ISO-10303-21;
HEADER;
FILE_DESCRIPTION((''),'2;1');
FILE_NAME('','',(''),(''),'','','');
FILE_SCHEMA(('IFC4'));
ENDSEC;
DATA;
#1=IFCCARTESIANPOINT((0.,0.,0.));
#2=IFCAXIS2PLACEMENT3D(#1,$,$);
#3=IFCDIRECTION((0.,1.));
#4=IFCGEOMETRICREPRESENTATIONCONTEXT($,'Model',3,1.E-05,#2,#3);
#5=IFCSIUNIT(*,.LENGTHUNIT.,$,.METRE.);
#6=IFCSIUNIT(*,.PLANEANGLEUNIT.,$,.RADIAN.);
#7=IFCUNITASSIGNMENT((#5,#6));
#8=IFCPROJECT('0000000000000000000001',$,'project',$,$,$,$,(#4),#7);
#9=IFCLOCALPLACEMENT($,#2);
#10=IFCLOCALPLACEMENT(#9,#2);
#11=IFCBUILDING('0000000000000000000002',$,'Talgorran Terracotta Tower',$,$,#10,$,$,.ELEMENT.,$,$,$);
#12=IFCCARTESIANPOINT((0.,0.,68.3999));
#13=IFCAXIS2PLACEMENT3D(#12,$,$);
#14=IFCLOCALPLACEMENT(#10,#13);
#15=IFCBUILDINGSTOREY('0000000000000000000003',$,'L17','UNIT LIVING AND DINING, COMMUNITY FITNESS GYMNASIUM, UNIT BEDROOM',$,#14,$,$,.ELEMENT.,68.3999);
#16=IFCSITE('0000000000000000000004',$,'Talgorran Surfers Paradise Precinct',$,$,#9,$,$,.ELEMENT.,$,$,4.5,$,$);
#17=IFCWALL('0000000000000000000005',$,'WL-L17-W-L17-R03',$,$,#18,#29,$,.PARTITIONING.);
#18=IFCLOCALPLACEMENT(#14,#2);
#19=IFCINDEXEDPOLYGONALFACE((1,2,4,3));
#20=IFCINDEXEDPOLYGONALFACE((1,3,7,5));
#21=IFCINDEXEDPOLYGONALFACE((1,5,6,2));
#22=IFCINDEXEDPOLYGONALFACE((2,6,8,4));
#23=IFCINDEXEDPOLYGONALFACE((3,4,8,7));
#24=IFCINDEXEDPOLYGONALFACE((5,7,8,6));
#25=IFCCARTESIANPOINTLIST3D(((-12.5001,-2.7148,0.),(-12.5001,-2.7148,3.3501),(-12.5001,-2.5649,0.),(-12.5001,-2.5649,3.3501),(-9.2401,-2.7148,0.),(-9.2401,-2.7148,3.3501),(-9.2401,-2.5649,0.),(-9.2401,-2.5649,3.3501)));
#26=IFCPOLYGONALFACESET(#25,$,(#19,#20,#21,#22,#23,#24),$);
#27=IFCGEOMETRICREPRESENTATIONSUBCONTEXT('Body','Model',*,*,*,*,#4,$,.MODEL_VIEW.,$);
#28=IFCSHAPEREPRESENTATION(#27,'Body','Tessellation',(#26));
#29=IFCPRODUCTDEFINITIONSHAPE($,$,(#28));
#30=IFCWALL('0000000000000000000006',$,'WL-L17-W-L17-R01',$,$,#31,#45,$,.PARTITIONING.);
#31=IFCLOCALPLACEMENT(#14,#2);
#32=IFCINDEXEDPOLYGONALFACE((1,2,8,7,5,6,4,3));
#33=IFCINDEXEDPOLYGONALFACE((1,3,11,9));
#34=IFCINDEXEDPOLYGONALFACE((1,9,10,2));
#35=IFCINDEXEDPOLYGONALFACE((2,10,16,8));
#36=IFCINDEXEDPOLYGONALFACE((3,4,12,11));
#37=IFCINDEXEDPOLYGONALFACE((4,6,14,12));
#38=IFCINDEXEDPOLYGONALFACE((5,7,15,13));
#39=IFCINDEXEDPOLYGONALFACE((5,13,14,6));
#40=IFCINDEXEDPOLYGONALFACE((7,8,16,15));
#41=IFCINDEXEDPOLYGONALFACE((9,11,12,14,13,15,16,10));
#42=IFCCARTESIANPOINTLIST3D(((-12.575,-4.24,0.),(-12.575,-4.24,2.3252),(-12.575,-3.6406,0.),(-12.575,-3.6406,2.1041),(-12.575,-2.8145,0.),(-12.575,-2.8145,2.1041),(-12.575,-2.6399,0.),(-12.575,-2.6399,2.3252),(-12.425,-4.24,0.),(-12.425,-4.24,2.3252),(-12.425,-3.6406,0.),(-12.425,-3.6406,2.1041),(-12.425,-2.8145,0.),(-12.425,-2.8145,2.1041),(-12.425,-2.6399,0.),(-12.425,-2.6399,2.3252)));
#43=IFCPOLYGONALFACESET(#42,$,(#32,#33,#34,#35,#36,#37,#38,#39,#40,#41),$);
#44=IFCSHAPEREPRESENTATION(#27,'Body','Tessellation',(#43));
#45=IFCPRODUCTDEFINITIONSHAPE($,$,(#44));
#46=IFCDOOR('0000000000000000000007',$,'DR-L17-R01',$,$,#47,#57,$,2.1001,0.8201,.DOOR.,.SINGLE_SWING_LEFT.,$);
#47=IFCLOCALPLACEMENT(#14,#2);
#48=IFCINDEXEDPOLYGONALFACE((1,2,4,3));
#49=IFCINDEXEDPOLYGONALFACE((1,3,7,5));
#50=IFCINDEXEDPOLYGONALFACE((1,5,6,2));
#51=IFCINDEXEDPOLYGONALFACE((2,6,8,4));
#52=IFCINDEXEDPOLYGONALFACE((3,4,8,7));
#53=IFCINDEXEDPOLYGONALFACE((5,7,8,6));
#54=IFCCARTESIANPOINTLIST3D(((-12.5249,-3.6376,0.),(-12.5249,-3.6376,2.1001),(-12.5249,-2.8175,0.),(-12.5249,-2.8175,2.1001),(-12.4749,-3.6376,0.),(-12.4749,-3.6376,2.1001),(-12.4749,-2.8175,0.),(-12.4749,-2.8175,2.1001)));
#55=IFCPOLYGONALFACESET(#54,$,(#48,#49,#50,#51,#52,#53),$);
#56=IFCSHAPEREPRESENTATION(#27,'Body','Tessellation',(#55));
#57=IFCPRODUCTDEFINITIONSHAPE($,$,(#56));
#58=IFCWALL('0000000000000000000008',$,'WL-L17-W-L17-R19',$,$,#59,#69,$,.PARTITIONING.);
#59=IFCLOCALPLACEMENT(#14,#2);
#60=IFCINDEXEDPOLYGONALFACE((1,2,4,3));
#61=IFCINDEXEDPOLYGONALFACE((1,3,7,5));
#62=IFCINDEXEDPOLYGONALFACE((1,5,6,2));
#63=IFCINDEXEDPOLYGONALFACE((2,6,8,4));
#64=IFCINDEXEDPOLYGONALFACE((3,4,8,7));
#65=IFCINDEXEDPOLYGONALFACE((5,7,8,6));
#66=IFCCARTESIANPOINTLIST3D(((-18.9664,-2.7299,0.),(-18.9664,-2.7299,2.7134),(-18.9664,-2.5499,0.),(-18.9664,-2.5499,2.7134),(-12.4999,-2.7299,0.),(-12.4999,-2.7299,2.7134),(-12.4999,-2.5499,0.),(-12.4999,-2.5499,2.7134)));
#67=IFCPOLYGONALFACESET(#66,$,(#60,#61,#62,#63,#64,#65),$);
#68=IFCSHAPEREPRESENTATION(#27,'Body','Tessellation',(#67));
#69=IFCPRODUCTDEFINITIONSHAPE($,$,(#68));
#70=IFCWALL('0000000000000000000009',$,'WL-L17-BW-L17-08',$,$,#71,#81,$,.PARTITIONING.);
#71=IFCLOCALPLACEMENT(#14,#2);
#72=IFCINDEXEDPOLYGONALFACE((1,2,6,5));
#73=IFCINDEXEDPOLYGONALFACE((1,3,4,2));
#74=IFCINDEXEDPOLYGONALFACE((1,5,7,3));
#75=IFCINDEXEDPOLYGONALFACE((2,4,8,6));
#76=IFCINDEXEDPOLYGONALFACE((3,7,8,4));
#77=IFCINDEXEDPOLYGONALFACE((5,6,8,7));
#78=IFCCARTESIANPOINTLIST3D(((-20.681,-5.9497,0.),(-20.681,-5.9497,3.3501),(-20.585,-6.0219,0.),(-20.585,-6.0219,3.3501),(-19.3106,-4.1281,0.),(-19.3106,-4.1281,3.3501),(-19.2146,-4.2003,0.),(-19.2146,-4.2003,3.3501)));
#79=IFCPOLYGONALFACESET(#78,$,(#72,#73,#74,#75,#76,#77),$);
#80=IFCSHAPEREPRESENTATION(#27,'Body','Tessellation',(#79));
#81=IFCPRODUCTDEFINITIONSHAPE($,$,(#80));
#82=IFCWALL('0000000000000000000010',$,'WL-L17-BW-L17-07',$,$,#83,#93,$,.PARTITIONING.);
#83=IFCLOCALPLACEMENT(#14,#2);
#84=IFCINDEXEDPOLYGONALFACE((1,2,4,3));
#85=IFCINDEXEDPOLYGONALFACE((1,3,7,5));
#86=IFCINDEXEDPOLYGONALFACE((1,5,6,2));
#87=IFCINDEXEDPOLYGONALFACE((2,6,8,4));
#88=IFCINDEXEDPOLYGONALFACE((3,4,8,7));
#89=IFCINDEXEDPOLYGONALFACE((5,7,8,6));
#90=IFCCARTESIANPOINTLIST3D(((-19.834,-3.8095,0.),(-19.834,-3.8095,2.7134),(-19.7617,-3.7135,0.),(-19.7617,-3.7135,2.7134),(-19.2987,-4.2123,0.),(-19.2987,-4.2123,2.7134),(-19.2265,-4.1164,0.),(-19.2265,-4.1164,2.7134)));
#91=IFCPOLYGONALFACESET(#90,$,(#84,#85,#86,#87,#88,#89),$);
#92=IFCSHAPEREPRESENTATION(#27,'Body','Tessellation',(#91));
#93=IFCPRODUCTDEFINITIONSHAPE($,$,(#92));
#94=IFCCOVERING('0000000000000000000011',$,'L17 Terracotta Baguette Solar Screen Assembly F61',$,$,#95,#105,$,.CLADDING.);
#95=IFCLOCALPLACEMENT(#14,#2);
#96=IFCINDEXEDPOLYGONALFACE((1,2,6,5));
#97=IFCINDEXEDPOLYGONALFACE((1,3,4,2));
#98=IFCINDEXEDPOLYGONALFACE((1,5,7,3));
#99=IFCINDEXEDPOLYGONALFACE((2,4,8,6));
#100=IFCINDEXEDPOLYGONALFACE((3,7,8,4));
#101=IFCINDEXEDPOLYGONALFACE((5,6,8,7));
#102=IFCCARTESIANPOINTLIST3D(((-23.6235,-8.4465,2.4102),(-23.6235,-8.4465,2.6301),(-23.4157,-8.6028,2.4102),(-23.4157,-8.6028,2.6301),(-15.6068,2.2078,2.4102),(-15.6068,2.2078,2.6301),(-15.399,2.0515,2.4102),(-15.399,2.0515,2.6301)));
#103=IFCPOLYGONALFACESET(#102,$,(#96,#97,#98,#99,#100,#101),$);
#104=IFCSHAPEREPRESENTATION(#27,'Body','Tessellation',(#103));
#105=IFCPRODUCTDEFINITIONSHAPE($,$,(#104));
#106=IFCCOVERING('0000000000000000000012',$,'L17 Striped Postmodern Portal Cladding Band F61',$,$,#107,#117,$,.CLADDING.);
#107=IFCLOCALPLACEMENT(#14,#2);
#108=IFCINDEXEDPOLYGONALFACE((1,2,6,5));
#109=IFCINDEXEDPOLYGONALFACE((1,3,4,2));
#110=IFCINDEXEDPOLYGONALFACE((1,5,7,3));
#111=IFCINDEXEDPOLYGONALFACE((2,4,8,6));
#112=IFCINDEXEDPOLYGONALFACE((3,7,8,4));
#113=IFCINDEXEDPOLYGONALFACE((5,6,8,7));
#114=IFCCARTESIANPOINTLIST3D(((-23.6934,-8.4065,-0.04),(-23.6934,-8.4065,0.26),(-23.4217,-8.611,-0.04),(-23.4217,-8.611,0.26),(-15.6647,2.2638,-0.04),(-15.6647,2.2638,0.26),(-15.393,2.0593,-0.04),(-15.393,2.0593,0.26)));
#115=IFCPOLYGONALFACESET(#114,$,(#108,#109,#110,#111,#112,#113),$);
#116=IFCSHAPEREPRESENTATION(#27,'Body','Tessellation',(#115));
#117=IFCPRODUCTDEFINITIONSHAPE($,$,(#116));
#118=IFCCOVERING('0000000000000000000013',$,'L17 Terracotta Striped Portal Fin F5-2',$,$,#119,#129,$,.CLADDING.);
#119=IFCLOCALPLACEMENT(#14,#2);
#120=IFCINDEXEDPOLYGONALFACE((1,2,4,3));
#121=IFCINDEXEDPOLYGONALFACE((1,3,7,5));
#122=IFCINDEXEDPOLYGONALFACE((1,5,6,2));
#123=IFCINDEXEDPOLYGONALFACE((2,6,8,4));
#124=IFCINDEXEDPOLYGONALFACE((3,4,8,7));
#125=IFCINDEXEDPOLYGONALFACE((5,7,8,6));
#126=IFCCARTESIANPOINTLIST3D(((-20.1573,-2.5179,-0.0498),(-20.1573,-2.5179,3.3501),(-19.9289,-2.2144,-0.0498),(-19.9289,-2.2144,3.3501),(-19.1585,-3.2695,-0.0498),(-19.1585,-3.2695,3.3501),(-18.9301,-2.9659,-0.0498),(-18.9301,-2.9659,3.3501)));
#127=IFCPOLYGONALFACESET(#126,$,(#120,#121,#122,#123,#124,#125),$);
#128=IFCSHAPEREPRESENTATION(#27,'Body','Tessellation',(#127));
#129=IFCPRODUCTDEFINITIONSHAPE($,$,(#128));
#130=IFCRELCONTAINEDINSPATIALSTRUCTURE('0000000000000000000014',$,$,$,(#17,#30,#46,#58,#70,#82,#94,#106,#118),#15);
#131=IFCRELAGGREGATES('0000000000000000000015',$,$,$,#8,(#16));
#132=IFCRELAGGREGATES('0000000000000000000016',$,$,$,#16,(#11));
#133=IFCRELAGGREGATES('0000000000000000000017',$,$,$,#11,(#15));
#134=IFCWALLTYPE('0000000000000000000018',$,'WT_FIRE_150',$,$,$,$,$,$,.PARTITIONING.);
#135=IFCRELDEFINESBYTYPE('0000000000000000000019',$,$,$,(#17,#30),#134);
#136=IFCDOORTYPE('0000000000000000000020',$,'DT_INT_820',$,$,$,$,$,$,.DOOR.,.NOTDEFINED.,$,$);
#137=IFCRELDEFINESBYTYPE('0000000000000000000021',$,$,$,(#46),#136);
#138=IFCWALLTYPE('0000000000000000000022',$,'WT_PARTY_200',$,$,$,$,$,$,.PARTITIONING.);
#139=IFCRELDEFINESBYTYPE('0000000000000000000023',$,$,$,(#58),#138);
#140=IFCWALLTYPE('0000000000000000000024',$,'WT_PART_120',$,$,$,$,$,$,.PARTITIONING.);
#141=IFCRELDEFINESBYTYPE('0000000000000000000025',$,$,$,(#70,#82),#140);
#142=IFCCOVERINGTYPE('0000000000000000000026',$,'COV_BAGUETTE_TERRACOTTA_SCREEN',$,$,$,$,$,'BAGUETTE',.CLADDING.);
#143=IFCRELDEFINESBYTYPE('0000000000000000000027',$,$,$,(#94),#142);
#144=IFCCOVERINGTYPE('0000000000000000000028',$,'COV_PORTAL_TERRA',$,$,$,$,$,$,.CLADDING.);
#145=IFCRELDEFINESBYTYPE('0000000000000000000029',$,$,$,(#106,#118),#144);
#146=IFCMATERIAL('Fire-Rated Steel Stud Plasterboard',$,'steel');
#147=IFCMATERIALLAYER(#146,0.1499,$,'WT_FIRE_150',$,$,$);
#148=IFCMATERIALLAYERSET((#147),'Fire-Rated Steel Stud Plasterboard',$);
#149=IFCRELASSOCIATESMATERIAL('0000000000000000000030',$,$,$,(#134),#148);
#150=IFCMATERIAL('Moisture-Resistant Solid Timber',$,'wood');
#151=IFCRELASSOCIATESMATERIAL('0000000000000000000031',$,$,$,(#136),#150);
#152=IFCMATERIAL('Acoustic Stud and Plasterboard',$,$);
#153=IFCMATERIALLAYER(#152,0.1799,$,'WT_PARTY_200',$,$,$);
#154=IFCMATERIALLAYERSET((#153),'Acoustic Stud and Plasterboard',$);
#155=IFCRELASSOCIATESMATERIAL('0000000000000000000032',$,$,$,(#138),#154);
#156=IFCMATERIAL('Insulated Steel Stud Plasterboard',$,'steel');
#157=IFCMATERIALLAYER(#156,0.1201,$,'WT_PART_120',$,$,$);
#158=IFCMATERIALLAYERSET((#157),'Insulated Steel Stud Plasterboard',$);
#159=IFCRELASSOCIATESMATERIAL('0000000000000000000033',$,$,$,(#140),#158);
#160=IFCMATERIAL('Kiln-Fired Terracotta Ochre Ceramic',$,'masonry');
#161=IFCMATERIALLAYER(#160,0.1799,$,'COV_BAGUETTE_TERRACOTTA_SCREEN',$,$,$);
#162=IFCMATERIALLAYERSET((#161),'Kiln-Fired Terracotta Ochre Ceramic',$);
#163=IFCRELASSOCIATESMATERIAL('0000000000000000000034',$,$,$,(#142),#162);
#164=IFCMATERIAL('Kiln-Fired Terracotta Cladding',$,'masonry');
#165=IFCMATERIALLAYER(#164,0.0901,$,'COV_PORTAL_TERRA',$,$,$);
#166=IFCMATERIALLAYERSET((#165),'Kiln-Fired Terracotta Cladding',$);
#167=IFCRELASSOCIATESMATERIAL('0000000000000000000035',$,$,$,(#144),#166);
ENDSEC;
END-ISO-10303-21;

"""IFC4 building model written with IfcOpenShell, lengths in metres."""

from ifc_helpers import new_model, si_unit, direction, frame, frame_2d, origin, origin_2d, place, context, subcontext, project, spatial, rectangle, extrude, material, layer, layer_set, type_object, element, fill, save


model = new_model("IFC4")

# Units and contexts
model_context = context("Model", 3, precision=1e-05, world=origin(), true_north=direction((0.0, 1.0)))
body_context = subcontext(model_context, "Body", "Model", "MODEL_VIEW")
ifc_project = project(units=[si_unit("LENGTHUNIT", "METRE"), si_unit("PLANEANGLEUNIT", "RADIAN")], contexts=[model_context])

# Site, building, storey
site_placement = place(None, origin())
site = spatial("IfcSite", under=ifc_project, at=site_placement, Name="Talgorran Surfers Paradise Precinct", CompositionType="ELEMENT", RefElevation=4.5)
building_placement = place(site_placement, origin())
building = spatial("IfcBuilding", under=site, at=building_placement, Name="Talgorran Terracotta Tower", CompositionType="ELEMENT")
storey_placement = place(building_placement, frame((0.0, 0.0, 68.3999)))
storey = spatial("IfcBuildingStorey", under=building, at=storey_placement, Name="L17", Description="UNIT LIVING AND DINING, COMMUNITY FITNESS GYMNASIUM, UNIT BEDROOM", CompositionType="ELEMENT", Elevation=68.3999)

# Wall
ifc_material_1 = material(Name="Fire-Rated Steel Stud Plasterboard", Category="steel")
ifc_layer_1 = layer(ifc_material_1, 0.1499, Name="WT_FIRE_150")
ifc_layer_set_1 = layer_set([ifc_layer_1], Name="Fire-Rated Steel Stud Plasterboard")
wall_type_1 = type_object("IfcWallType", Name="WT_FIRE_150", PredefinedType="PARTITIONING", material=ifc_layer_set_1)
wall_1_placement = place(storey_placement, frame((-12.5, -2.6399, 0.0), z_axis=(0.0, 0.0, 1.0), x_axis=(1.0, 0.0, 0.0)))
element("IfcWall", 1, at=wall_1_placement, inside=storey, type_object=wall_type_1, Name="WL-L17-W-L17-R03", PredefinedType="PARTITIONING", context=body_context, shape_type="SweptSolid", body=[
    extrude(rectangle(XDim=3.26, YDim=0.1499, at=frame_2d((1.6299, 0.0))), origin(), (0.0, 0.0, 1.0), 3.3501),
])

# Wall, opening, door
wall_2_placement = place(storey_placement, frame((-12.5, -4.24, 0.0), z_axis=(0.0, 0.0, 1.0), x_axis=(0.0, 1.0, 0.0)))
wall_2 = element("IfcWall", 2, at=wall_2_placement, inside=storey, type_object=wall_type_1, Name="WL-L17-W-L17-R01", PredefinedType="PARTITIONING", context=body_context, shape_type="SweptSolid", body=[
    extrude(rectangle(XDim=1.6001, YDim=0.1499, at=frame_2d((0.8, 0.0))), origin(), (0.0, 0.0, 1.0), 2.3252),
])
opening_1_placement = place(wall_2_placement, frame((0.6023, 0.0, 0.0)))
opening_1 = element("IfcOpeningElement", 3, at=opening_1_placement, cuts=wall_2, PredefinedType="OPENING", context=body_context, shape_type="SweptSolid", body=[
    extrude(rectangle(XDim=0.8261, YDim=2.1041, at=frame_2d((0.4102, 1.052))), frame((0.0, 0.085, 0.0), z_axis=(0.0, -1.0, 0.0), x_axis=(1.0, 0.0, 0.0)), (0.0, 0.0, 1.0), 0.1699),
])
ifc_material_2 = material(Name="Moisture-Resistant Solid Timber", Category="wood")
door_type_1 = type_object("IfcDoorType", Name="DT_INT_820", OperationType="NOTDEFINED", PredefinedType="DOOR", material=ifc_material_2)
door_1_placement = place(opening_1_placement, origin())
door_1 = element("IfcDoor", 4, at=door_1_placement, inside=storey, type_object=door_type_1, Name="DR-L17-R01", OperationType="SINGLE_SWING_LEFT", OverallHeight=2.1001, OverallWidth=0.8201, PredefinedType="DOOR", context=body_context, shape_type="SweptSolid", body=[
    extrude(rectangle(XDim=0.8201, YDim=2.1001, at=frame_2d((0.4102, 1.05))), frame((0.0, 0.0249, 0.0), z_axis=(0.0, -1.0, 0.0), x_axis=(1.0, 0.0, 0.0)), (0.0, 0.0, 1.0), 0.05),
])
fill(opening_1, door_1)

# Walls
ifc_material_3 = material(Name="Acoustic Stud and Plasterboard")
ifc_layer_2 = layer(ifc_material_3, 0.1799, Name="WT_PARTY_200")
ifc_layer_set_2 = layer_set([ifc_layer_2], Name="Acoustic Stud and Plasterboard")
wall_type_2 = type_object("IfcWallType", Name="WT_PARTY_200", PredefinedType="PARTITIONING", material=ifc_layer_set_2)
wall_3_placement = place(storey_placement, frame((-18.9666, -2.6399, 0.0), z_axis=(0.0, 0.0, 1.0), x_axis=(1.0, 0.0, 0.0)))
element("IfcWall", 5, at=wall_3_placement, inside=storey, type_object=wall_type_2, Name="WL-L17-W-L17-R19", PredefinedType="PARTITIONING", context=body_context, shape_type="SweptSolid", body=[
    extrude(rectangle(XDim=6.4666, YDim=0.1799, at=frame_2d((3.2334, 0.0))), origin(), (0.0, 0.0, 1.0), 2.7134),
])
ifc_material_4 = material(Name="Insulated Steel Stud Plasterboard", Category="steel")
ifc_layer_3 = layer(ifc_material_4, 0.1201, Name="WT_PART_120")
ifc_layer_set_3 = layer_set([ifc_layer_3], Name="Insulated Steel Stud Plasterboard")
wall_type_3 = type_object("IfcWallType", Name="WT_PART_120", PredefinedType="PARTITIONING", material=ifc_layer_set_3)
wall_4_placement = place(storey_placement, frame((-19.2627, -4.1643, 0.0), z_axis=(0.0, 0.0, 1.0), x_axis=(-0.601182, -0.799112, 0.0)))
element("IfcWall", 6, at=wall_4_placement, inside=storey, type_object=wall_type_3, Name="WL-L17-BW-L17-08", PredefinedType="PARTITIONING", context=body_context, shape_type="SweptSolid", body=[
    extrude(rectangle(XDim=2.2795, YDim=0.1201, at=frame_2d((1.1396, 0.0))), origin(), (0.0, 0.0, 1.0), 3.3501),
])
wall_5_placement = place(storey_placement, frame((-19.7979, -3.7615, 0.0), z_axis=(0.0, 0.0, 1.0), x_axis=(0.798949, -0.601399, 0.0)))
element("IfcWall", 7, at=wall_5_placement, inside=storey, type_object=wall_type_3, Name="WL-L17-BW-L17-07", PredefinedType="PARTITIONING", context=body_context, shape_type="SweptSolid", body=[
    extrude(rectangle(XDim=0.6699, YDim=0.1201, at=frame_2d((0.335, 0.0))), origin(), (0.0, 0.0, 1.0), 2.7134),
])

# Coverings
ifc_material_5 = material(Name="Kiln-Fired Terracotta Ochre Ceramic", Category="masonry")
ifc_layer_4 = layer(ifc_material_5, 0.1799, Name="COV_BAGUETTE_TERRACOTTA_SCREEN")
ifc_layer_set_4 = layer_set([ifc_layer_4], Name="Kiln-Fired Terracotta Ochre Ceramic")
covering_type_1 = type_object("IfcCoveringType", Name="COV_BAGUETTE_TERRACOTTA_SCREEN", ElementType="BAGUETTE", PredefinedType="CLADDING", material=ifc_layer_set_4)
covering_1_placement = place(storey_placement, frame((-19.5112, -3.1975, 2.4102), z_axis=(0.0, 0.0, 1.0), x_axis=(-0.601243, -0.799066, 0.0)))
element("IfcCovering", 8, at=covering_1_placement, inside=storey, type_object=covering_type_1, Name="L17 Terracotta Baguette Solar Screen Assembly F61", PredefinedType="CLADDING", context=body_context, shape_type="SweptSolid", body=[
    extrude(rectangle(XDim=13.3335, YDim=0.26, at=origin_2d()), origin(), (0.0, 0.0, 1.0), 0.22),
])
ifc_material_6 = material(Name="Kiln-Fired Terracotta Cladding", Category="masonry")
ifc_layer_5 = layer(ifc_material_6, 0.0901, Name="COV_PORTAL_TERRA")
ifc_layer_set_5 = layer_set([ifc_layer_5], Name="Kiln-Fired Terracotta Cladding")
covering_type_2 = type_object("IfcCoveringType", Name="COV_PORTAL_TERRA", PredefinedType="CLADDING", material=ifc_layer_set_5)
covering_2_placement = place(storey_placement, frame((-19.5432, -3.1736, -0.04), z_axis=(0.0, 0.0, 1.0), x_axis=(-0.601243, -0.799066, 0.0)))
element("IfcCovering", 9, at=covering_2_placement, inside=storey, type_object=covering_type_2, Name="L17 Striped Postmodern Portal Cladding Band F61", PredefinedType="CLADDING", context=body_context, shape_type="SweptSolid", body=[
    extrude(rectangle(XDim=13.3535, YDim=0.3401, at=origin_2d()), origin(), (0.0, 0.0, 1.0), 0.3),
])
covering_3_placement = place(storey_placement, frame((-19.5437, -2.7419, -0.0498), z_axis=(0.0, 0.0, 1.0), x_axis=(-0.601243, -0.799066, 0.0)))
element("IfcCovering", 10, at=covering_3_placement, inside=storey, type_object=covering_type_2, Name="L17 Terracotta Striped Portal Fin F5-2", PredefinedType="CLADDING", context=body_context, shape_type="SweptSolid", body=[
    extrude(rectangle(XDim=0.3799, YDim=1.25, at=origin_2d()), origin(), (0.0, 0.0, 1.0), 3.3999),
])

save(model, "model.ifc")
